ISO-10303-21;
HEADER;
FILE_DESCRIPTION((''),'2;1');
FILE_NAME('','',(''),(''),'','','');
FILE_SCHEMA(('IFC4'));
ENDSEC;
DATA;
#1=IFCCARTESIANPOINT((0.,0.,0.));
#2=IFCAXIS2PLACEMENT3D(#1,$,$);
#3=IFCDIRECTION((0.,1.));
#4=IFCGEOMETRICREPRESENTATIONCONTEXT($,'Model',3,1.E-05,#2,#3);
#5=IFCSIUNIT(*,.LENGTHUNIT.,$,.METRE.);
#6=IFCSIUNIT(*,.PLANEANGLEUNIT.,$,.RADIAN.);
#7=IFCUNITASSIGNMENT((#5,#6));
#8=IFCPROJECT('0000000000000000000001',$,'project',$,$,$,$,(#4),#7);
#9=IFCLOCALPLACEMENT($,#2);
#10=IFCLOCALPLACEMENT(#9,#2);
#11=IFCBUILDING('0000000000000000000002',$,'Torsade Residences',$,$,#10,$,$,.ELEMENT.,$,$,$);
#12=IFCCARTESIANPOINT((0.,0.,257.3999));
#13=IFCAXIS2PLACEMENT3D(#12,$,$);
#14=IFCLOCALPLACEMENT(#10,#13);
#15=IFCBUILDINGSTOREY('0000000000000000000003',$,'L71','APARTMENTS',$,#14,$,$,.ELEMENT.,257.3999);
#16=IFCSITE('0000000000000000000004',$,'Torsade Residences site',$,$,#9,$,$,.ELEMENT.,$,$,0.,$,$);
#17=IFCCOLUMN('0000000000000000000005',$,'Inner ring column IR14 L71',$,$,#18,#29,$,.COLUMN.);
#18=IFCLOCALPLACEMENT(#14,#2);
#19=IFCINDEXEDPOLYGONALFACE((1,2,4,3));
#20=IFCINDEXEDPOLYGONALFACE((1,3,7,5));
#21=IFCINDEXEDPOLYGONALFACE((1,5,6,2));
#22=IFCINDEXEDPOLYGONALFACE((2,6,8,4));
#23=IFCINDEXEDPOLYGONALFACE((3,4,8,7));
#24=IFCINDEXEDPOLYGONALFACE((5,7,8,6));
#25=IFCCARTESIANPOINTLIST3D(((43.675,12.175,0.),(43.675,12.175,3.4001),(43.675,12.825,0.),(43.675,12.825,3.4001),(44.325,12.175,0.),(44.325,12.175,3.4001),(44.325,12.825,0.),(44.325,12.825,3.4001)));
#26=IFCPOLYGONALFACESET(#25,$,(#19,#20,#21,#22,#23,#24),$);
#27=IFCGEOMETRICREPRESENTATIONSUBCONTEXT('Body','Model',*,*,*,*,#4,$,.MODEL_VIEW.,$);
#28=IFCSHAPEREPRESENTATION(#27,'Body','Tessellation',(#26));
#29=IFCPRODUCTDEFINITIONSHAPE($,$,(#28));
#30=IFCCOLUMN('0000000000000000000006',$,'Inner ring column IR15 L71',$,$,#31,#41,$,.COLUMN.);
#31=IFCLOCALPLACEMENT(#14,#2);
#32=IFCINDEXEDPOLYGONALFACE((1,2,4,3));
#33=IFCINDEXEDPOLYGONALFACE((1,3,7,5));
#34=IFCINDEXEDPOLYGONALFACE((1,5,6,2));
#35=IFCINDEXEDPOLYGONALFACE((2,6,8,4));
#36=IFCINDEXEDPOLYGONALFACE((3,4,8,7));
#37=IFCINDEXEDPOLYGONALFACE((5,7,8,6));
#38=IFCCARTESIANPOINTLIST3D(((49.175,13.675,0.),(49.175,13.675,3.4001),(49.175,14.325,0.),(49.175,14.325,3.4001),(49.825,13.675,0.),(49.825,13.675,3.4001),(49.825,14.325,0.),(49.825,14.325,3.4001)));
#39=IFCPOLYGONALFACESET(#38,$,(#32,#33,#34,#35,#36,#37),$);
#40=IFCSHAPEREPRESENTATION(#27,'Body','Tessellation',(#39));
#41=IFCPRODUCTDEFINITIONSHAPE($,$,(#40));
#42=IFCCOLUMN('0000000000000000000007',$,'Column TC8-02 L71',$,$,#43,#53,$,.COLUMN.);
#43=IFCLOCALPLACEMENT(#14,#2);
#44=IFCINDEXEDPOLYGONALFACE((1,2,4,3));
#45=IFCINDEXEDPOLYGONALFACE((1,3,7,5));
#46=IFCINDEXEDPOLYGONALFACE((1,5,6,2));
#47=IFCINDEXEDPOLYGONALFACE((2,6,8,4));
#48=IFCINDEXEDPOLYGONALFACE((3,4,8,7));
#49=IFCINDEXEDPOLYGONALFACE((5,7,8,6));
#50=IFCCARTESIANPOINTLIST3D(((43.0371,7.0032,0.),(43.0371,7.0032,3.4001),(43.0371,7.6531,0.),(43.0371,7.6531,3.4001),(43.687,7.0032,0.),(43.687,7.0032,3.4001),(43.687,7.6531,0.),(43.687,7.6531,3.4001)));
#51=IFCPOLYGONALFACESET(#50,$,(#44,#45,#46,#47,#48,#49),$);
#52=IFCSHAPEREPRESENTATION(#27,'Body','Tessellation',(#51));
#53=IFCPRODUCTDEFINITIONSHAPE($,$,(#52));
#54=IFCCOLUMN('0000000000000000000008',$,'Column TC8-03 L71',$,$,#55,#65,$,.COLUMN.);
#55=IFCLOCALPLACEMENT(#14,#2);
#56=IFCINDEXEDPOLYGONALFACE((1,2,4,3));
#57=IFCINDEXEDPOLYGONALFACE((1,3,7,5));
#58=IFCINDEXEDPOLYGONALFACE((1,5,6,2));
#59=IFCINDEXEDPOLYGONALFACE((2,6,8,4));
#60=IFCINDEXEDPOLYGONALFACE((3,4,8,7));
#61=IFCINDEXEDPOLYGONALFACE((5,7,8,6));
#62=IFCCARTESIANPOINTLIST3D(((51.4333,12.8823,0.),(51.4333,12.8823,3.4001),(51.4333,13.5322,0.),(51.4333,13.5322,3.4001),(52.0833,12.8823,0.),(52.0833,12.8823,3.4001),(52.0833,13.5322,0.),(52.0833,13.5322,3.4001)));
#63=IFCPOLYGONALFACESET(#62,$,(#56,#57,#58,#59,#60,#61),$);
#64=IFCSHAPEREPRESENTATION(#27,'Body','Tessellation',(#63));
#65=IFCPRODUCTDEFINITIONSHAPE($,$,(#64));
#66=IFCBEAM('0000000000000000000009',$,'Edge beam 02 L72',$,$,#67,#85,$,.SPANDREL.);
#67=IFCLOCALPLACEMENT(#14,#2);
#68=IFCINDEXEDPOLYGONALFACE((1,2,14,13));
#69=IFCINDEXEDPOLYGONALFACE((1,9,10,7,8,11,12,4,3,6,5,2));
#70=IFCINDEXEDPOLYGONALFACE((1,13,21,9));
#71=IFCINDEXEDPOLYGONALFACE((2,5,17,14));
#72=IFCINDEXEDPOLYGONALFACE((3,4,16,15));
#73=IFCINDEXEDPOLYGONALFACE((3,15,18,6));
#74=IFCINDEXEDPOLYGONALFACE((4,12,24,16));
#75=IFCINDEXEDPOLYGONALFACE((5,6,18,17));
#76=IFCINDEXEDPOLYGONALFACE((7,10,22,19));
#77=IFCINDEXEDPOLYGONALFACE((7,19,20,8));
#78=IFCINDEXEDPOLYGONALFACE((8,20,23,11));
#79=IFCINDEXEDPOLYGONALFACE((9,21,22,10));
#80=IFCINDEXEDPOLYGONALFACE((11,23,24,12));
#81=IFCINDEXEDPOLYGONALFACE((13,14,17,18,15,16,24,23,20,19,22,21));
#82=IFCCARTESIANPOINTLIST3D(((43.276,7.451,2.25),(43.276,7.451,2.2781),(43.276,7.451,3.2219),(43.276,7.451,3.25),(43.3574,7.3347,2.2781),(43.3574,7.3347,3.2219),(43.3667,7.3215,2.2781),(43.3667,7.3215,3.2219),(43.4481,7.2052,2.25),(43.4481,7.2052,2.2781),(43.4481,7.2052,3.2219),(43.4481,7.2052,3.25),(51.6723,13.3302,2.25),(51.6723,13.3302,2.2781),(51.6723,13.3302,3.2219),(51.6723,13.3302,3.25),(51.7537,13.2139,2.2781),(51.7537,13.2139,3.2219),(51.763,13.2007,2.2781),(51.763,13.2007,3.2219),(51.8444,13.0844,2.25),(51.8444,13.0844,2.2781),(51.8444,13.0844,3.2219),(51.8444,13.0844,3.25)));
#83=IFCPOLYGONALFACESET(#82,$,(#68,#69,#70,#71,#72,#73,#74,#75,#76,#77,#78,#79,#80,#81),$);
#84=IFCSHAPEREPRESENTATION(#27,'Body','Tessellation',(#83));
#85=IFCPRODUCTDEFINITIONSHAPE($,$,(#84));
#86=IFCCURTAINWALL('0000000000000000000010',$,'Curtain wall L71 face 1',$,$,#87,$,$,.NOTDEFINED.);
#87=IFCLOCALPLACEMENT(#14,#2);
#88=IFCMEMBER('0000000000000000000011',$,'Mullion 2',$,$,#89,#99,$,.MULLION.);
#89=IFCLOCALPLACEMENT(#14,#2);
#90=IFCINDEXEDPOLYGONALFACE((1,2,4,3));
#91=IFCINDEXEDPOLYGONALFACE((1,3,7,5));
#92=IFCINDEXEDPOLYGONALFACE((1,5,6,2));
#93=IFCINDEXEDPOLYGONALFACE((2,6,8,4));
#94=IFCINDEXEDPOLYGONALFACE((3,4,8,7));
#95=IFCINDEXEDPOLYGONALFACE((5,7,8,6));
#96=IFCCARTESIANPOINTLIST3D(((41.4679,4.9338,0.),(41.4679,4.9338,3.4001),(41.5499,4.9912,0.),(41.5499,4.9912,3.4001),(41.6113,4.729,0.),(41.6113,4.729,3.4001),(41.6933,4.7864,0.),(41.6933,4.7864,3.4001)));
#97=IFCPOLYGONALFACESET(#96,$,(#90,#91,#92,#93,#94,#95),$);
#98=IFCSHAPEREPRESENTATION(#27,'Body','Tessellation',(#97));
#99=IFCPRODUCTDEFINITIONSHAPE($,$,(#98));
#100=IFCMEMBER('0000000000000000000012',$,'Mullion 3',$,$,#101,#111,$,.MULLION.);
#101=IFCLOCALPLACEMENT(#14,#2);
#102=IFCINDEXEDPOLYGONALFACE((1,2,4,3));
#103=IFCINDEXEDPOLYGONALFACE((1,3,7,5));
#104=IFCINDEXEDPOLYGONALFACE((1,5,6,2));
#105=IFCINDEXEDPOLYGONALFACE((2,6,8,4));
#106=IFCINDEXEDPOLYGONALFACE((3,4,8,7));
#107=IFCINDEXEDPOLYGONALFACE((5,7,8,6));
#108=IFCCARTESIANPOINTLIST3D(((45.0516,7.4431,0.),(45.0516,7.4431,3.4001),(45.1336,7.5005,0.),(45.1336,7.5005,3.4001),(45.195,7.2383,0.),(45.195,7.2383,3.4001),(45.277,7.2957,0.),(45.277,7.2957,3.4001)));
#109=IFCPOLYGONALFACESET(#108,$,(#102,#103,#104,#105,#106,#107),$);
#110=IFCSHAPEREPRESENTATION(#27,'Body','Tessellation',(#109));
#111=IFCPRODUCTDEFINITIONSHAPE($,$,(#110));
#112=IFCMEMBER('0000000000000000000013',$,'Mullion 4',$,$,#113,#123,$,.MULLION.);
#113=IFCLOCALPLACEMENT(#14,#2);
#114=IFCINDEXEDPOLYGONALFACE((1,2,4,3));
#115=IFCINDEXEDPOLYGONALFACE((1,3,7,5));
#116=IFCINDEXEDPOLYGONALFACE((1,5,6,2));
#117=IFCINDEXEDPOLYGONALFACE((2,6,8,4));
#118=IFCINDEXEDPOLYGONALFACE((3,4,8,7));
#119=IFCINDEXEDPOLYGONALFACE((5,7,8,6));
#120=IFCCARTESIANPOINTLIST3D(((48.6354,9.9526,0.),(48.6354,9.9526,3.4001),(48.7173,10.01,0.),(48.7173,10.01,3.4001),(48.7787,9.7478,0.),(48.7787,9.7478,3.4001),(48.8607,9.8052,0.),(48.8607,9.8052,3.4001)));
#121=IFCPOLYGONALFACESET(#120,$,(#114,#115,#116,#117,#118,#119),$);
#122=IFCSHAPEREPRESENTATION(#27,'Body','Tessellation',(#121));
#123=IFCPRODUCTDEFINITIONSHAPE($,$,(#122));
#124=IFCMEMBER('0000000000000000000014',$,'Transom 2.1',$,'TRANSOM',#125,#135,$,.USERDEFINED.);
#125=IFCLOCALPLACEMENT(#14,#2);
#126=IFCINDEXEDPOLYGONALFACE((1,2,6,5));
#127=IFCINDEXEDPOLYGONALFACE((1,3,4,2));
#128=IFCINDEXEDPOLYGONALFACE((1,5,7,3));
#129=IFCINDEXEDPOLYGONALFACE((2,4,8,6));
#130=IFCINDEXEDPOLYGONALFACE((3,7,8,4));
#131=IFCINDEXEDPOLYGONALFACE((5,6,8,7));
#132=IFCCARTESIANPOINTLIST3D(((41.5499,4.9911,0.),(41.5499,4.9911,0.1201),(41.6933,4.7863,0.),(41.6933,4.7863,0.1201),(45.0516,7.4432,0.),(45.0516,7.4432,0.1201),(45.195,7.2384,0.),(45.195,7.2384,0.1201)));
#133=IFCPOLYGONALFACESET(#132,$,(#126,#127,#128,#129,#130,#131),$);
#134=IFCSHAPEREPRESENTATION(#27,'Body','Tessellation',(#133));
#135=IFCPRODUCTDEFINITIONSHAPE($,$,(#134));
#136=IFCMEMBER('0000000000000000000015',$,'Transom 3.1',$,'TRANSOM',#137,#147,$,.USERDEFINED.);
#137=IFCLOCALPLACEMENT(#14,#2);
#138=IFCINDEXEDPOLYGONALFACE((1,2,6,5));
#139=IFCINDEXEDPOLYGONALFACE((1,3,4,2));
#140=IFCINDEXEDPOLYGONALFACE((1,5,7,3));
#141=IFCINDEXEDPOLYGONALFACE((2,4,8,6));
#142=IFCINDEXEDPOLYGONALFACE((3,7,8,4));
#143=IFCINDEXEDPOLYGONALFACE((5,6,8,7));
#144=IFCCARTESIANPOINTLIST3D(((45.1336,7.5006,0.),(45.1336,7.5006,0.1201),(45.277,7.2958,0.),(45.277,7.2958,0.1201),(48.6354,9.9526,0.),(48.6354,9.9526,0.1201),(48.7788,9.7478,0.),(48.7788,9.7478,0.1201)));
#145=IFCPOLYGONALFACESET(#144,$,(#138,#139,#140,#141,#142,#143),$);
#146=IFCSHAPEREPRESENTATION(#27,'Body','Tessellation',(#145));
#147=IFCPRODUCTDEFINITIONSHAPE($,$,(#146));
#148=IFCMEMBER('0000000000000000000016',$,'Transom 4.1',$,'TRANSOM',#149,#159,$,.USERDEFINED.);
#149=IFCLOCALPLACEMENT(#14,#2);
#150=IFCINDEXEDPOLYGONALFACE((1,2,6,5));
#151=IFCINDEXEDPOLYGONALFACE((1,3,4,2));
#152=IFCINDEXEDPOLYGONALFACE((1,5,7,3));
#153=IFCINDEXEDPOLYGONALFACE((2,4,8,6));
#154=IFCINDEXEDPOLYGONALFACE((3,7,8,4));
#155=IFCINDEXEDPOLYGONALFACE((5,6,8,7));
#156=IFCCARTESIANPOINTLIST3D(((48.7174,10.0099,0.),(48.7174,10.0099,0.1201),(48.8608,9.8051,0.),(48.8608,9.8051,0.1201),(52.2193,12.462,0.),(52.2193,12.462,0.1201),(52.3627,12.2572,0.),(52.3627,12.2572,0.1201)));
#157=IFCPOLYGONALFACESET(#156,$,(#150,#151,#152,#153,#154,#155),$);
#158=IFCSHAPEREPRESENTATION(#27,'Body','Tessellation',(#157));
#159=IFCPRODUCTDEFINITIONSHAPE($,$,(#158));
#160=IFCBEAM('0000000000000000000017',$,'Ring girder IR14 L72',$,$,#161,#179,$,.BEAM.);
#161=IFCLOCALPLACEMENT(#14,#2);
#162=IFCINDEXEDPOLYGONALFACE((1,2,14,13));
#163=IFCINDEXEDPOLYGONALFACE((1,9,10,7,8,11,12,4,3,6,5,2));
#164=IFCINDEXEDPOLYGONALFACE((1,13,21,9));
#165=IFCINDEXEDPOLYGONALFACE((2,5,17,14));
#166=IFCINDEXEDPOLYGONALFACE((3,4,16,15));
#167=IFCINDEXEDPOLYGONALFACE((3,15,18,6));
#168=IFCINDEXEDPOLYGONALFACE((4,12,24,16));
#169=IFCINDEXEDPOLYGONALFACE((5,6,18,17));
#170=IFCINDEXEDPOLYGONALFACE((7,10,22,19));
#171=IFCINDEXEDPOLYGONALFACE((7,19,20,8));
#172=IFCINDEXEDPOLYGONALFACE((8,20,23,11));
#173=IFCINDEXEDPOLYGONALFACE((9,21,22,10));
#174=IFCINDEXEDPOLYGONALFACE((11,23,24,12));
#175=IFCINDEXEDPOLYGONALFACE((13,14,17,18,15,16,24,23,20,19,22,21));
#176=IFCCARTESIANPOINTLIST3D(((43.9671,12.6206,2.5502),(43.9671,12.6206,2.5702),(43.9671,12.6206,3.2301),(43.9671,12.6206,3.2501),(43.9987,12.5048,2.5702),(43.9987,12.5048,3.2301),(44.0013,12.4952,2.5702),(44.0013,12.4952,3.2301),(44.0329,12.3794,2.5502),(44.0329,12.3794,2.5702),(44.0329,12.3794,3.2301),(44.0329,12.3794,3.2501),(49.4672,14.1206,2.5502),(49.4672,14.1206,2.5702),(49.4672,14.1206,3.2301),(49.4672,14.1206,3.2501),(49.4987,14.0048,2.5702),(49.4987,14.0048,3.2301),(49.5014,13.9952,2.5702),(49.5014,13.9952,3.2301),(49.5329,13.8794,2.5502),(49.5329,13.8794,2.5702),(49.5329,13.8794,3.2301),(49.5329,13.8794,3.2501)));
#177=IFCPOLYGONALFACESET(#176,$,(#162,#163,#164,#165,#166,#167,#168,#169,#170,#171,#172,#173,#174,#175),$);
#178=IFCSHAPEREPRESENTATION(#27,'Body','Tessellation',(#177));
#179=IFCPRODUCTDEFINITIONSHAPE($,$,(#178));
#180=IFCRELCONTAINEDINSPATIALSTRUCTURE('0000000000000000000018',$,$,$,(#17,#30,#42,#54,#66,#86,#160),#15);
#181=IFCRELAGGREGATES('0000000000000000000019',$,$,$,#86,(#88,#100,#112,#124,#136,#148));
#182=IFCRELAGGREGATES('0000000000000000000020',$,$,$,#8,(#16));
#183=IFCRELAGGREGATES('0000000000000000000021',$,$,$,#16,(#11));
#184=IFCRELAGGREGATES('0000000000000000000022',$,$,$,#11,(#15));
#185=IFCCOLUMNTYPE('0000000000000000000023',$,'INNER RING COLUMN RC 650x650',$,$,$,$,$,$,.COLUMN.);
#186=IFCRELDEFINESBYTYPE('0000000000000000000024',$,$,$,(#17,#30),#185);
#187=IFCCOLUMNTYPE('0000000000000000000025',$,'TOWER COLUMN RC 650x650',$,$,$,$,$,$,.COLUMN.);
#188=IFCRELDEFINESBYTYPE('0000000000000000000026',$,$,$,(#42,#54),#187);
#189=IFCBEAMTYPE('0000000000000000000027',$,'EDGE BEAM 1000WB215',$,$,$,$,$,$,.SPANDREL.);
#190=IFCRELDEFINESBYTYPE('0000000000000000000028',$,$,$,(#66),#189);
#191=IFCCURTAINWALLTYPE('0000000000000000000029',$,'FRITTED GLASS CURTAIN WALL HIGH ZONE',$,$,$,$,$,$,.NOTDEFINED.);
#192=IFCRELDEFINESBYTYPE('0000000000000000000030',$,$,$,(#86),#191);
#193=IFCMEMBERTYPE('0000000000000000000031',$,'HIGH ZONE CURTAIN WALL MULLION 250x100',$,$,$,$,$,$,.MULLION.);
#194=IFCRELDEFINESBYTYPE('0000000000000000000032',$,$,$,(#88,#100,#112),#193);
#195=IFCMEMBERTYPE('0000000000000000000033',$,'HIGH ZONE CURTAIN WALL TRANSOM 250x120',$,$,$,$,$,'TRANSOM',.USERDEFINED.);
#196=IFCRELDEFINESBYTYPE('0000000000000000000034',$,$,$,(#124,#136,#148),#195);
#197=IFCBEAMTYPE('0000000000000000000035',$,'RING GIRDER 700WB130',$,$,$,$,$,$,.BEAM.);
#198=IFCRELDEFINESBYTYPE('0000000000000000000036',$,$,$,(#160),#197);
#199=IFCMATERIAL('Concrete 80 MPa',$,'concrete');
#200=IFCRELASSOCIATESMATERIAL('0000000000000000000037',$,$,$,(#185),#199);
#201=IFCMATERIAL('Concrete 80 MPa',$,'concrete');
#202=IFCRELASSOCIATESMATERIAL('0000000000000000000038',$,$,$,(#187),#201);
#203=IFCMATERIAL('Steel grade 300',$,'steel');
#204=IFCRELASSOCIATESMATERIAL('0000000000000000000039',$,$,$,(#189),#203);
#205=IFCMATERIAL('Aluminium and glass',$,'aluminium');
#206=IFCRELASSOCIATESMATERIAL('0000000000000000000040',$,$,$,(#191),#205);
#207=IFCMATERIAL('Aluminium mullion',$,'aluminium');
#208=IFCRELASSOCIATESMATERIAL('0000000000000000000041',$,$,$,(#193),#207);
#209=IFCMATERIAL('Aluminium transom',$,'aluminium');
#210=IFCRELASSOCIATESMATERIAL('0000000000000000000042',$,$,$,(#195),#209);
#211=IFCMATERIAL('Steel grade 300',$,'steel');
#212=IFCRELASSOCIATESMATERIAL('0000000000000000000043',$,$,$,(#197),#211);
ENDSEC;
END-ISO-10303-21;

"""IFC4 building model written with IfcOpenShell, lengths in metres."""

from ifc_helpers import new_model, si_unit, direction, frame, origin, origin_2d, place, context, subcontext, project, spatial, rectangle, i_section, extrude, material, material_profile, profile_set, type_object, element, aggregate, save


model = new_model("IFC4")

# Units and contexts
model_context = context("Model", 3, precision=1e-05, world=origin(), true_north=direction((0.0, 1.0)))
body_context = subcontext(model_context, "Body", "Model", "MODEL_VIEW")
ifc_project = project(units=[si_unit("LENGTHUNIT", "METRE"), si_unit("PLANEANGLEUNIT", "RADIAN")], contexts=[model_context])

# Site, building, storey
site_placement = place(None, origin())
site = spatial("IfcSite", under=ifc_project, at=site_placement, Name="Torsade Residences site", CompositionType="ELEMENT", RefElevation=0.0)
building_placement = place(site_placement, origin())
building = spatial("IfcBuilding", under=site, at=building_placement, Name="Torsade Residences", CompositionType="ELEMENT")
storey_placement = place(building_placement, frame((0.0, 0.0, 257.3999)))
storey = spatial("IfcBuildingStorey", under=building, at=storey_placement, Name="L71", Description="APARTMENTS", CompositionType="ELEMENT", Elevation=257.3999)

# Columns
ifc_material_1 = material(Name="Concrete 80 MPa", Category="concrete")
ifc_material_profile_1 = material_profile(ifc_material_1, rectangle(XDim=0.6499, YDim=0.6499, at=origin_2d()), Name="RC 650x650")
ifc_profile_set_1 = profile_set([ifc_material_profile_1], Name="Concrete 80 MPa")
column_type_1 = type_object("IfcColumnType", Name="INNER RING COLUMN RC 650x650", PredefinedType="COLUMN", material=ifc_profile_set_1)
for number, where, z_axis, x_axis, name in (
    (1, (44.0, 12.5, 0.0), (0.0, 0.0, 1.0), (1.0, 0.0, 0.0), "Inner ring column IR14 L71"),
    (2, (49.5, 14.0, 0.0), (0.0, 0.0, 1.0), (1.0, 0.0, 0.0), "Inner ring column IR15 L71"),
):
    element("IfcColumn", number, at=place(storey_placement, frame(where, z_axis=z_axis, x_axis=x_axis)), inside=storey, type_object=column_type_1, Name=name, PredefinedType="COLUMN", context=body_context, shape_type="SweptSolid", body=[
        extrude(rectangle(XDim=0.6499, YDim=0.6499, at=origin_2d()), origin(), (0.0, 0.0, 1.0), 3.4001),
    ])
ifc_material_2 = material(Name="Concrete 80 MPa", Category="concrete")
ifc_material_profile_2 = material_profile(ifc_material_2, rectangle(XDim=0.6499, YDim=0.6499, at=origin_2d()), Name="RC 650x650")
ifc_profile_set_2 = profile_set([ifc_material_profile_2], Name="Concrete 80 MPa")
column_type_2 = type_object("IfcColumnType", Name="TOWER COLUMN RC 650x650", PredefinedType="COLUMN", material=ifc_profile_set_2)
for number, where, z_axis, x_axis, name in (
    (3, (43.3621, 7.3281, 0.0), (0.0, 0.0, 1.0), (1.0, 0.0, 0.0), "Column TC8-02 L71"),
    (4, (51.7583, 13.2073, 0.0), (0.0, 0.0, 1.0), (1.0, 0.0, 0.0), "Column TC8-03 L71"),
):
    element("IfcColumn", number, at=place(storey_placement, frame(where, z_axis=z_axis, x_axis=x_axis)), inside=storey, type_object=column_type_2, Name=name, PredefinedType="COLUMN", context=body_context, shape_type="SweptSolid", body=[
        extrude(rectangle(XDim=0.6499, YDim=0.6499, at=origin_2d()), origin(), (0.0, 0.0, 1.0), 3.4001),
    ])

# Beam
ifc_material_3 = material(Name="Steel grade 300", Category="steel")
ifc_material_profile_3 = material_profile(ifc_material_3, i_section(OverallWidth=0.3, OverallDepth=1.0, WebThickness=0.0161, FlangeThickness=0.0281, at=origin_2d()), Name="1000WB215")
ifc_profile_set_3 = profile_set([ifc_material_profile_3], Name="Steel grade 300")
beam_type_1 = type_object("IfcBeamType", Name="EDGE BEAM 1000WB215", PredefinedType="SPANDREL", material=ifc_profile_set_3)
beam_1_placement = place(storey_placement, frame((43.3621, 7.3281, 2.75), z_axis=(0.81915, 0.573579, 0.0), x_axis=(-0.573579, 0.81915, 0.0)))
element("IfcBeam", 5, at=beam_1_placement, inside=storey, type_object=beam_type_1, Name="Edge beam 02 L72", PredefinedType="SPANDREL", context=body_context, shape_type="SweptSolid", body=[
    extrude(i_section(OverallWidth=0.3, OverallDepth=1.0, WebThickness=0.0161, FlangeThickness=0.0281, at=origin_2d()), origin(), (0.0, 0.0, 1.0), 10.25),
])

# Curtain wall, members
ifc_material_4 = material(Name="Aluminium and glass", Category="aluminium")
curtain_wall_type = type_object("IfcCurtainWallType", Name="FRITTED GLASS CURTAIN WALL HIGH ZONE", PredefinedType="NOTDEFINED", material=ifc_material_4)
curtain_wall_placement = place(storey_placement, origin())
curtain_wall = element("IfcCurtainWall", 6, at=curtain_wall_placement, inside=storey, type_object=curtain_wall_type, Name="Curtain wall L71 face 1", PredefinedType="NOTDEFINED")
ifc_material_5 = material(Name="Aluminium mullion", Category="aluminium")
ifc_material_profile_4 = material_profile(ifc_material_5, rectangle(XDim=0.25, YDim=0.1001, at=origin_2d()), Name="HIGH ZONE CURTAIN WALL MULLION 250x100")
ifc_profile_set_4 = profile_set([ifc_material_profile_4], Name="Aluminium mullion")
member_type_1 = type_object("IfcMemberType", Name="HIGH ZONE CURTAIN WALL MULLION 250x100", PredefinedType="MULLION", material=ifc_profile_set_4)
member_1_placement = place(storey_placement, frame((41.5806, 4.8601, 0.0), z_axis=(0.0, 0.0, 1.0), x_axis=(-0.573576, 0.819152, 0.0)))
member_1 = element("IfcMember", 7, at=member_1_placement, type_object=member_type_1, Name="Mullion 2", PredefinedType="MULLION", context=body_context, shape_type="SweptSolid", body=[
    extrude(rectangle(XDim=0.25, YDim=0.1001, at=origin_2d()), origin(), (0.0, 0.0, 1.0), 3.4001),
])
member_2_placement = place(storey_placement, frame((45.1643, 7.3694, 0.0), z_axis=(0.0, 0.0, 1.0), x_axis=(-0.573576, 0.819152, 0.0)))
member_2 = element("IfcMember", 8, at=member_2_placement, type_object=member_type_1, Name="Mullion 3", PredefinedType="MULLION", context=body_context, shape_type="SweptSolid", body=[
    extrude(rectangle(XDim=0.25, YDim=0.1001, at=origin_2d()), origin(), (0.0, 0.0, 1.0), 3.4001),
])
member_3_placement = place(storey_placement, frame((48.748, 9.8789, 0.0), z_axis=(0.0, 0.0, 1.0), x_axis=(-0.573576, 0.819152, 0.0)))
member_3 = element("IfcMember", 9, at=member_3_placement, type_object=member_type_1, Name="Mullion 4", PredefinedType="MULLION", context=body_context, shape_type="SweptSolid", body=[
    extrude(rectangle(XDim=0.25, YDim=0.1001, at=origin_2d()), origin(), (0.0, 0.0, 1.0), 3.4001),
])
ifc_material_6 = material(Name="Aluminium transom", Category="aluminium")
ifc_material_profile_5 = material_profile(ifc_material_6, rectangle(XDim=0.25, YDim=0.1201, at=origin_2d()), Name="HIGH ZONE CURTAIN WALL TRANSOM 250x120")
ifc_profile_set_5 = profile_set([ifc_material_profile_5], Name="Aluminium transom")
member_type_2 = type_object("IfcMemberType", Name="HIGH ZONE CURTAIN WALL TRANSOM 250x120", ElementType="TRANSOM", PredefinedType="USERDEFINED", material=ifc_profile_set_5)
member_4_placement = place(storey_placement, frame((41.6216, 4.8887, 0.0601), z_axis=(0.819127, 0.573612, 0.0), x_axis=(-0.573612, 0.819127, 0.0)))
member_4 = element("IfcMember", 10, at=member_4_placement, type_object=member_type_2, Name="Transom 2.1", ObjectType="TRANSOM", PredefinedType="USERDEFINED", context=body_context, shape_type="SweptSolid", body=[
    extrude(rectangle(XDim=0.25, YDim=0.1201, at=origin_2d()), origin(), (0.0, 0.0, 1.0), 4.2749),
])
member_5_placement = place(storey_placement, frame((45.2053, 7.3982, 0.0601), z_axis=(0.819154, 0.573573, 0.0), x_axis=(-0.573573, 0.819154, 0.0)))
member_5 = element("IfcMember", 11, at=member_5_placement, type_object=member_type_2, Name="Transom 3.1", ObjectType="TRANSOM", PredefinedType="USERDEFINED", context=body_context, shape_type="SweptSolid", body=[
    extrude(rectangle(XDim=0.25, YDim=0.1201, at=origin_2d()), origin(), (0.0, 0.0, 1.0), 4.2749),
])
member_6_placement = place(storey_placement, frame((48.7891, 9.9075, 0.0601), z_axis=(0.819146, 0.573585, 0.0), x_axis=(-0.573585, 0.819146, 0.0)))
member_6 = element("IfcMember", 12, at=member_6_placement, type_object=member_type_2, Name="Transom 4.1", ObjectType="TRANSOM", PredefinedType="USERDEFINED", context=body_context, shape_type="SweptSolid", body=[
    extrude(rectangle(XDim=0.25, YDim=0.1201, at=origin_2d()), origin(), (0.0, 0.0, 1.0), 4.2751),
])

# Beam
ifc_material_7 = material(Name="Steel grade 300", Category="steel")
ifc_material_profile_6 = material_profile(ifc_material_7, i_section(OverallWidth=0.25, OverallDepth=0.7, WebThickness=0.01, FlangeThickness=0.02, at=origin_2d()), Name="700WB130")
ifc_profile_set_6 = profile_set([ifc_material_profile_6], Name="Steel grade 300")
beam_type_2 = type_object("IfcBeamType", Name="RING GIRDER 700WB130", PredefinedType="BEAM", material=ifc_profile_set_6)
beam_2_placement = place(storey_placement, frame((44.0, 12.5, 2.9001), z_axis=(0.964764, 0.263117, 0.0), x_axis=(-0.263117, 0.964764, 0.0)))
element("IfcBeam", 13, at=beam_2_placement, inside=storey, type_object=beam_type_2, Name="Ring girder IR14 L72", PredefinedType="BEAM", context=body_context, shape_type="SweptSolid", body=[
    extrude(i_section(OverallWidth=0.25, OverallDepth=0.7, WebThickness=0.01, FlangeThickness=0.02, at=origin_2d()), origin(), (0.0, 0.0, 1.0), 5.7009),
])

aggregate(curtain_wall, [member_1, member_2, member_3, member_4, member_5, member_6])

save(model, "model.ifc")
